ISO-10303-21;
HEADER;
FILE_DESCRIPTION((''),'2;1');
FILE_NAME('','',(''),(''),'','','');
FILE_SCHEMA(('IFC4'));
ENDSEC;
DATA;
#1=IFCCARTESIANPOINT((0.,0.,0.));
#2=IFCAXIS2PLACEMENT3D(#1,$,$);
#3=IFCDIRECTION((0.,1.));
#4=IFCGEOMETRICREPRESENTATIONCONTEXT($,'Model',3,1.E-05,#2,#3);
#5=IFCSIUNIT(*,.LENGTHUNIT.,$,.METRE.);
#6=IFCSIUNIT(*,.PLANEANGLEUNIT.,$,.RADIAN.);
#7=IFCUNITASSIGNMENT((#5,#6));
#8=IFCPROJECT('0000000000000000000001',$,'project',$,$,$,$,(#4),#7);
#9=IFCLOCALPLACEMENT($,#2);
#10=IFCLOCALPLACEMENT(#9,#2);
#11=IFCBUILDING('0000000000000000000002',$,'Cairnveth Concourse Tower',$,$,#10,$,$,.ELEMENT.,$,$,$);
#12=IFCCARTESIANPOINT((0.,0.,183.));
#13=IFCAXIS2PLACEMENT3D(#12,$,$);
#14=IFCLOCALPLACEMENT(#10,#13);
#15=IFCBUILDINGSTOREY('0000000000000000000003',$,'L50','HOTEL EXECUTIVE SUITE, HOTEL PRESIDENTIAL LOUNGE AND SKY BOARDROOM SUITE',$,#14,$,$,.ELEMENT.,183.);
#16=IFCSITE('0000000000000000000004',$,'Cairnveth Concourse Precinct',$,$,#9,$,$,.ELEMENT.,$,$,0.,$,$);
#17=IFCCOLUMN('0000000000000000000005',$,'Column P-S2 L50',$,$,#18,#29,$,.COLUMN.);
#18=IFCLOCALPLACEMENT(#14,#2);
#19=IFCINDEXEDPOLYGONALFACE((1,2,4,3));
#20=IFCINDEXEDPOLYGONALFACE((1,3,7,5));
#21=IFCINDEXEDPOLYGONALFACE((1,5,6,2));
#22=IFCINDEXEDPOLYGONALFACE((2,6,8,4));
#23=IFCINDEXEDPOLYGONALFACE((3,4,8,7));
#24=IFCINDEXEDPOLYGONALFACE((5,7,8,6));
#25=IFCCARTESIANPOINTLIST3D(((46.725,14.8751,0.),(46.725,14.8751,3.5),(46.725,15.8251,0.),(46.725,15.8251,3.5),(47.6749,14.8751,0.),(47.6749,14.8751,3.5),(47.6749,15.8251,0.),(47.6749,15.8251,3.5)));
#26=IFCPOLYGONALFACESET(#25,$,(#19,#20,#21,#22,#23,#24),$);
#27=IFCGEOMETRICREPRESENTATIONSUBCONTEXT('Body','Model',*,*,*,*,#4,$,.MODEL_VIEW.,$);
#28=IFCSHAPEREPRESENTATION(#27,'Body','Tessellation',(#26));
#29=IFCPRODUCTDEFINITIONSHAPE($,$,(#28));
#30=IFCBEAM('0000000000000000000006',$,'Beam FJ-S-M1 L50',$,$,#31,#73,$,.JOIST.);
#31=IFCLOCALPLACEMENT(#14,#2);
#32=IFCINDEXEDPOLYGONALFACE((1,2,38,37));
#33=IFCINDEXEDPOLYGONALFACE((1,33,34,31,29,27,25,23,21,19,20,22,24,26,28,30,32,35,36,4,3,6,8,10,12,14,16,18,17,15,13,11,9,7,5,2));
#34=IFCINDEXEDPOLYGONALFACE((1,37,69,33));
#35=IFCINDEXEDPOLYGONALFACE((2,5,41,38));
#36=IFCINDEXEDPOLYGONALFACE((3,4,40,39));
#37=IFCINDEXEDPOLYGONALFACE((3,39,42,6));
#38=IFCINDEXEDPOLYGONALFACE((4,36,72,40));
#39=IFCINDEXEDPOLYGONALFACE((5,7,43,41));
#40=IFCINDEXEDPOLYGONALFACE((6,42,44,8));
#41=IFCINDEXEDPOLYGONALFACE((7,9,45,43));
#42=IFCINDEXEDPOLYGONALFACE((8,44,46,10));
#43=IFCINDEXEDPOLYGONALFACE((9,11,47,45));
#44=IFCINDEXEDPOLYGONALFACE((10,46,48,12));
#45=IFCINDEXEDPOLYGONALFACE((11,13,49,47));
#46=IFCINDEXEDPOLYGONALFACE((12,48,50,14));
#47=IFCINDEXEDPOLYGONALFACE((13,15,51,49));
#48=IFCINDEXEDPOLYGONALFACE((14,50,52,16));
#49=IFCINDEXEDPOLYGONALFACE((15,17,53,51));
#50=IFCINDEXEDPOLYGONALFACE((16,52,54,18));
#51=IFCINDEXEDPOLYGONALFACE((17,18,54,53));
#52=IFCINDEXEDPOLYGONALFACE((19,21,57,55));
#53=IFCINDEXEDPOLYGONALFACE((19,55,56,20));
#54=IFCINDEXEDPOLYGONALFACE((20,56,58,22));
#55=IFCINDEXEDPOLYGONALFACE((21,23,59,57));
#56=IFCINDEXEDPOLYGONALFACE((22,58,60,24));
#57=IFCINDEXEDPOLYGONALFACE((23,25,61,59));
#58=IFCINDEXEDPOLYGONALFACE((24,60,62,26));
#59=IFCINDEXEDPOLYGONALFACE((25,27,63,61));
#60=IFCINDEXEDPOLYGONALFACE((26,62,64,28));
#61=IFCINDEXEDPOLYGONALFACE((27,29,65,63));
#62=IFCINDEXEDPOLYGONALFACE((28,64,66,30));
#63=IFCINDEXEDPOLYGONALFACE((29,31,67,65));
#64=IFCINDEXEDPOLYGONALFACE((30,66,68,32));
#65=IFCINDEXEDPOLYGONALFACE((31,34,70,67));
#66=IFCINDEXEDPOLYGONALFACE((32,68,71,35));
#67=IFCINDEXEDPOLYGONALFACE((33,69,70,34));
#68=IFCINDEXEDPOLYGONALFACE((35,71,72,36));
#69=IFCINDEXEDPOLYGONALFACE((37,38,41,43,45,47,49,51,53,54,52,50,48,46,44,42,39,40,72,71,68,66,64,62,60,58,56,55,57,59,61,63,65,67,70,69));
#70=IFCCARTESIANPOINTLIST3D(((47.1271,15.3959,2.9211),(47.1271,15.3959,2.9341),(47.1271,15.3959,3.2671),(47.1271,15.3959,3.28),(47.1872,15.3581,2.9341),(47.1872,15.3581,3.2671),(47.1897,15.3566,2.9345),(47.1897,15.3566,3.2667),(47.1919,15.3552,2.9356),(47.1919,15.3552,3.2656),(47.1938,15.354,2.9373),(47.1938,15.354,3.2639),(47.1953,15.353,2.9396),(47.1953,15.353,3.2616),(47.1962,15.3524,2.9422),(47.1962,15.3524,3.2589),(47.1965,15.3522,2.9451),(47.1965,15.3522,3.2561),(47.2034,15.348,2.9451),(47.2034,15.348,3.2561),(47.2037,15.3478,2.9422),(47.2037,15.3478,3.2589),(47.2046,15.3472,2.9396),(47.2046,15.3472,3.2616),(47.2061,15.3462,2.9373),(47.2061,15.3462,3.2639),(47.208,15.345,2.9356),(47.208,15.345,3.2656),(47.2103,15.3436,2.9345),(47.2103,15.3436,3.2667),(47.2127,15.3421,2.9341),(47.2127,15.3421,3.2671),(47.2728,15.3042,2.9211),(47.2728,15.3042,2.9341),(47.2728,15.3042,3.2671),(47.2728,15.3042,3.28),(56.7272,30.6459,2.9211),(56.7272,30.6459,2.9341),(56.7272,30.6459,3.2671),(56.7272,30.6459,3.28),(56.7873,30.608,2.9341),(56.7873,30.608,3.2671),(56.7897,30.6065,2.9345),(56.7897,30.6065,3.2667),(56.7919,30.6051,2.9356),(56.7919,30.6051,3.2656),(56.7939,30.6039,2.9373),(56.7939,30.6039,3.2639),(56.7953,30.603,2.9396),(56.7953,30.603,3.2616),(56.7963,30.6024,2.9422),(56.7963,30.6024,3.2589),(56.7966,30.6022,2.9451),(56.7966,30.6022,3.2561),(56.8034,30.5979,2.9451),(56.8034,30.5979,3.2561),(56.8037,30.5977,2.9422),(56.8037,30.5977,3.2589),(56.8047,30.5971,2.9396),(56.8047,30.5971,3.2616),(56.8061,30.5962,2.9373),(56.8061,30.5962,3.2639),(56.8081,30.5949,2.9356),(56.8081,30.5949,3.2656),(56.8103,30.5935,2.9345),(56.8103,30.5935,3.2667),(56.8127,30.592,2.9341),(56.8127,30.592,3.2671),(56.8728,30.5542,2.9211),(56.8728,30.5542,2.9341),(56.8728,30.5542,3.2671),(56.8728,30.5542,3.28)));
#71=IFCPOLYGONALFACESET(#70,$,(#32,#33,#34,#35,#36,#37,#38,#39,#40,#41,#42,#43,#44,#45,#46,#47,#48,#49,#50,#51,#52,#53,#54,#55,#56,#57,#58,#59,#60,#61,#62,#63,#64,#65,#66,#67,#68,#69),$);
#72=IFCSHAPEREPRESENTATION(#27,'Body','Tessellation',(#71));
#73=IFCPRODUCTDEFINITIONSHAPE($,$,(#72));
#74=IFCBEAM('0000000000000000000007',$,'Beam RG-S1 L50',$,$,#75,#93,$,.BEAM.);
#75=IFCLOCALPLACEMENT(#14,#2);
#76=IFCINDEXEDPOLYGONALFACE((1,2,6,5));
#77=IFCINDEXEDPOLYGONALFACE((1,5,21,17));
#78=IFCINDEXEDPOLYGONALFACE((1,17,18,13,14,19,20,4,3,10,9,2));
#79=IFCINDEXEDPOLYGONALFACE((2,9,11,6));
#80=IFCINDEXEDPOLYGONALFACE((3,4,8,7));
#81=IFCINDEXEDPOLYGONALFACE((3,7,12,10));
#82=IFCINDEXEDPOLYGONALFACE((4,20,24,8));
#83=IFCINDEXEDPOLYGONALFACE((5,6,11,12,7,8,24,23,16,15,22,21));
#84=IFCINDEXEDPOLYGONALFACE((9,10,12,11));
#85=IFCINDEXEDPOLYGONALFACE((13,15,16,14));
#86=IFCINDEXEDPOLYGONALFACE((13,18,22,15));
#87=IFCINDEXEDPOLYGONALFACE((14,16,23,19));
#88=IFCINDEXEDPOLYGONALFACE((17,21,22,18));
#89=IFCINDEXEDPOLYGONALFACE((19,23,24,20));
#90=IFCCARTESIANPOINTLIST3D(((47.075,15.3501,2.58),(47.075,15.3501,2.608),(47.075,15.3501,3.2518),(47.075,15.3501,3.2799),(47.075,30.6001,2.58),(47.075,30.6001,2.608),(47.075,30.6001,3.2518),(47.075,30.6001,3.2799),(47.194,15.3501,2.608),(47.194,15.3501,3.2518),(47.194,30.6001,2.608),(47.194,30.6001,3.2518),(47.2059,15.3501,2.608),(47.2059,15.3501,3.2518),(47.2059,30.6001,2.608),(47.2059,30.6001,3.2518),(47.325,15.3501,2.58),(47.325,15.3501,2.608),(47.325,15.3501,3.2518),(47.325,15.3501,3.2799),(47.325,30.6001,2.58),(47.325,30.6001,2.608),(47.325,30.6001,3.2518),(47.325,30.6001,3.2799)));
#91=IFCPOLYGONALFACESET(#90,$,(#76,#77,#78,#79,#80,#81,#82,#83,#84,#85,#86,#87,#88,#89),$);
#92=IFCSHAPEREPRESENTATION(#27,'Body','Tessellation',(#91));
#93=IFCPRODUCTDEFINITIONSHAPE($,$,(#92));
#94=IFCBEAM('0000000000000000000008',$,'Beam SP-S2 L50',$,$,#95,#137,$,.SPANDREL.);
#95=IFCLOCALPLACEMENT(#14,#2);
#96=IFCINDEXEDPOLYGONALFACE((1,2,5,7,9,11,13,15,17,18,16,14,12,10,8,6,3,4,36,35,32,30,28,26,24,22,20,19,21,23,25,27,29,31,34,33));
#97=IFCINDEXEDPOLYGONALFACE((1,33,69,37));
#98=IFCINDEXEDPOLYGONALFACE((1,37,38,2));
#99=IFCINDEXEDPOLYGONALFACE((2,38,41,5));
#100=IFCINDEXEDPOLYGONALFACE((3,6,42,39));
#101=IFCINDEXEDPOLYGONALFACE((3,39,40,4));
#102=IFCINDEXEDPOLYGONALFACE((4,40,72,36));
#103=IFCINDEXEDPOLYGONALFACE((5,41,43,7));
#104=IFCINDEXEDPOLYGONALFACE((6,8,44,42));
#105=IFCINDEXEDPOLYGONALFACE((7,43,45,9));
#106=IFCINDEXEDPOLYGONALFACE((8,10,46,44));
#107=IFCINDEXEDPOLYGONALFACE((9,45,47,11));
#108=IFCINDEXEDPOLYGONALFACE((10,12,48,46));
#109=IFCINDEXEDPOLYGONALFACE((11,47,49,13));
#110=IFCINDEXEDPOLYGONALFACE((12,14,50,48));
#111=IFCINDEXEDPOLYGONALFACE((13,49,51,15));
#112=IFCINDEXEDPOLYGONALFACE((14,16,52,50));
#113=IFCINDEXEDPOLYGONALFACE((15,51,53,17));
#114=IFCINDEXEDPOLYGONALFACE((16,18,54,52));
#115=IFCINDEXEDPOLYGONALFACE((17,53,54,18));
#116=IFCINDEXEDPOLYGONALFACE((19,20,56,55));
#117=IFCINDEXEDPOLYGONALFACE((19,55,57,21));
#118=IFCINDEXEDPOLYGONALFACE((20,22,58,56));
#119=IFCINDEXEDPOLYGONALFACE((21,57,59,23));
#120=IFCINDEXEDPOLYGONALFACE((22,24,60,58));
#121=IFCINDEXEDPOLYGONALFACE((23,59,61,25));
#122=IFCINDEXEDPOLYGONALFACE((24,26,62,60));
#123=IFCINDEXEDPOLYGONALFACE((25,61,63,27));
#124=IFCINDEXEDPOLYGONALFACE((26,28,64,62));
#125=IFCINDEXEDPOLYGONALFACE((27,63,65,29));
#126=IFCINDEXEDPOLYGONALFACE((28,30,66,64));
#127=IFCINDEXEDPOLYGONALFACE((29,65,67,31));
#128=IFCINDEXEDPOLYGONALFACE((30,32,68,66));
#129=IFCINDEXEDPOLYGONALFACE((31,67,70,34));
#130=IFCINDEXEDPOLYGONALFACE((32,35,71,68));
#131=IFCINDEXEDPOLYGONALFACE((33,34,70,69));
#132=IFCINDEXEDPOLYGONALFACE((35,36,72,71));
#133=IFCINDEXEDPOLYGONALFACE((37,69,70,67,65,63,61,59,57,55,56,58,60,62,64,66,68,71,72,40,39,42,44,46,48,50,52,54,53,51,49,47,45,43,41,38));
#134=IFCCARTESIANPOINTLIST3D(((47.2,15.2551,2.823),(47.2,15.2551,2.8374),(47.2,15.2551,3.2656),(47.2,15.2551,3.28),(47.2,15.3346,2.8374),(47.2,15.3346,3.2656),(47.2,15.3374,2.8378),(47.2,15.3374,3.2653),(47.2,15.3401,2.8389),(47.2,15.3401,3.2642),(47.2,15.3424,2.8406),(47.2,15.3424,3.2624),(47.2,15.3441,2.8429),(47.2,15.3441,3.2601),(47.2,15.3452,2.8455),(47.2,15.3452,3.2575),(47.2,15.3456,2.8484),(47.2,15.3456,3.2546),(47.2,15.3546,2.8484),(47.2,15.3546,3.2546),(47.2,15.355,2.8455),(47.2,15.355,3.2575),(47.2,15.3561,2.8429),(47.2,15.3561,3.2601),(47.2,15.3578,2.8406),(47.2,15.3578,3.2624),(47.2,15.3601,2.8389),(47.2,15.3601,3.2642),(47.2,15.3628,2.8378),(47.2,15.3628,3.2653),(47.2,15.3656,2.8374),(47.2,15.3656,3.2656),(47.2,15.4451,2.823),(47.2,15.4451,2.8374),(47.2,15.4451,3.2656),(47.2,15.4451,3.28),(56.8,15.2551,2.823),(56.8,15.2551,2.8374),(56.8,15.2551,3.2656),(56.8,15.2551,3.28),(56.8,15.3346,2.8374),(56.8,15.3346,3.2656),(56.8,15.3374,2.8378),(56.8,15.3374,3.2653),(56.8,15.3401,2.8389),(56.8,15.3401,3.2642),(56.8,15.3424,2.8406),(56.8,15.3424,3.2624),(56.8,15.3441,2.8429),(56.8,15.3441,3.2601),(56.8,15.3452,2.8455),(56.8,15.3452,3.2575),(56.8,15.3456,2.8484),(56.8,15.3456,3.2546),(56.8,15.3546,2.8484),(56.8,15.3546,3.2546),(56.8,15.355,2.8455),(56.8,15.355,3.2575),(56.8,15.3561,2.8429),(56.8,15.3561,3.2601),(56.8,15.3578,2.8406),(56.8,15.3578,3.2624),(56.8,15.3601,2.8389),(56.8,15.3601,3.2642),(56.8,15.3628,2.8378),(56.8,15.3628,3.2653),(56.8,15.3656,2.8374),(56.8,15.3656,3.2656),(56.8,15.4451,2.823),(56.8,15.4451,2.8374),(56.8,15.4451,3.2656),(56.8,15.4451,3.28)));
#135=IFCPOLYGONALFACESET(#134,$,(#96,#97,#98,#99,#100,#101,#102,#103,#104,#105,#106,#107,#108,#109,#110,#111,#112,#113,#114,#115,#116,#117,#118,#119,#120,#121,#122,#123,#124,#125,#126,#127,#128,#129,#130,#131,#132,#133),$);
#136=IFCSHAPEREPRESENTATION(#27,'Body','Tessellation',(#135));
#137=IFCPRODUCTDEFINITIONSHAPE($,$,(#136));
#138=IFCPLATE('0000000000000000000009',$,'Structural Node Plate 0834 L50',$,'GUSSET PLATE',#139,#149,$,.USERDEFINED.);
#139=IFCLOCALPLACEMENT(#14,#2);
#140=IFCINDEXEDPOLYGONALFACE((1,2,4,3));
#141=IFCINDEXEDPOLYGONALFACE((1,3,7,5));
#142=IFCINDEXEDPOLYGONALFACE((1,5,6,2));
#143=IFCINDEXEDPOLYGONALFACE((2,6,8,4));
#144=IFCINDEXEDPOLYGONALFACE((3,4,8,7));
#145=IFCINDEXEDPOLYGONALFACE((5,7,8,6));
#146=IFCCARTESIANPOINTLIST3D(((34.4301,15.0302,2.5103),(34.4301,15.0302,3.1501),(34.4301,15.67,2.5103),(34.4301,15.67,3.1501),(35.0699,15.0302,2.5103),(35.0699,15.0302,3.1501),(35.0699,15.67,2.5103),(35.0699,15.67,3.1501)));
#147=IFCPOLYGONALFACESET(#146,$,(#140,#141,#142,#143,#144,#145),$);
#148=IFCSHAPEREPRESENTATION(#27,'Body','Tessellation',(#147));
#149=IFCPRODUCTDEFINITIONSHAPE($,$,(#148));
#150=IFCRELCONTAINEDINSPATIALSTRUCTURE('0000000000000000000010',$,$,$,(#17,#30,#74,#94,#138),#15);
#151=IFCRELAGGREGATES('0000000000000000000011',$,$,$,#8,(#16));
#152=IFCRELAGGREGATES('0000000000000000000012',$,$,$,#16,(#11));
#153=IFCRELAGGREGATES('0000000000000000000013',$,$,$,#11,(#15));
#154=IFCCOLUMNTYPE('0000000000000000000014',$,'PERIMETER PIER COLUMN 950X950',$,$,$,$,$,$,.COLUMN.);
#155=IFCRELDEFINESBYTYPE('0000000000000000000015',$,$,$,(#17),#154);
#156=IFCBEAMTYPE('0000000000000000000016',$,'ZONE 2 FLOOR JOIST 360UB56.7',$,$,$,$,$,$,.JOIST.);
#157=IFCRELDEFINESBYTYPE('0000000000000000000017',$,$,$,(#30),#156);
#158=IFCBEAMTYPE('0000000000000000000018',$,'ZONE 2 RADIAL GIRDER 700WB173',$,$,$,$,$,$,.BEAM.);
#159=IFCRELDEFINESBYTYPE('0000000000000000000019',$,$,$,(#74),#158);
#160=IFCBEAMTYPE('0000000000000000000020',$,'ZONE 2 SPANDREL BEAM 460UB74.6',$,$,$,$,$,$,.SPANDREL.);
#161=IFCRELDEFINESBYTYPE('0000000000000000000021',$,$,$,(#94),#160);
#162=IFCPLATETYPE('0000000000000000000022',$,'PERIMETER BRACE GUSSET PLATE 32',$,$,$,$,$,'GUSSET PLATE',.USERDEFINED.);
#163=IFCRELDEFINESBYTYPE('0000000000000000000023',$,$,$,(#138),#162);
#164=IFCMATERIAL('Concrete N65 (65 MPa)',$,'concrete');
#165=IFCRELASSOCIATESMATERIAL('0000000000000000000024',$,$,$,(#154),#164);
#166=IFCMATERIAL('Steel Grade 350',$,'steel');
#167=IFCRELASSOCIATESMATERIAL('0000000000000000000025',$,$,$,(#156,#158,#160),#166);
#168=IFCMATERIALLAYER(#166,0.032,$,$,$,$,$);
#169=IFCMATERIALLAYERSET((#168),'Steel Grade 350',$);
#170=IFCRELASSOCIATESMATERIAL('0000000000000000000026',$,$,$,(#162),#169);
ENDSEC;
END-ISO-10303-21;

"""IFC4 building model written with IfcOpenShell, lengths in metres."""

from ifc_helpers import new_model, si_unit, direction, frame, origin, origin_2d, place, context, subcontext, project, spatial, rectangle, i_section, extrude, material, layer, layer_set, material_profile, profile_set, type_object, element, save


model = new_model("IFC4")

# Units and contexts
model_context = context("Model", 3, precision=1e-05, world=origin(), true_north=direction((0.0, 1.0)))
body_context = subcontext(model_context, "Body", "Model", "MODEL_VIEW")
ifc_project = project(units=[si_unit("LENGTHUNIT", "METRE"), si_unit("PLANEANGLEUNIT", "RADIAN")], contexts=[model_context])

# Site, building, storey
site_placement = place(None, origin())
site = spatial("IfcSite", under=ifc_project, at=site_placement, Name="Cairnveth Concourse Precinct", CompositionType="ELEMENT", RefElevation=0.0)
building_placement = place(site_placement, origin())
building = spatial("IfcBuilding", under=site, at=building_placement, Name="Cairnveth Concourse Tower", CompositionType="ELEMENT")
storey_placement = place(building_placement, frame((0.0, 0.0, 183.0)))
storey = spatial("IfcBuildingStorey", under=building, at=storey_placement, Name="L50", Description="HOTEL EXECUTIVE SUITE, HOTEL PRESIDENTIAL LOUNGE AND SKY BOARDROOM SUITE", CompositionType="ELEMENT", Elevation=183.0)

# Column
ifc_material_1 = material(Name="Concrete N65 (65 MPa)", Category="concrete")
ifc_material_profile_1 = material_profile(ifc_material_1, rectangle(XDim=0.95, YDim=0.95, at=origin_2d()), Name="RC-COL-950x950")
ifc_profile_set_1 = profile_set([ifc_material_profile_1], Name="Concrete N65 (65 MPa)")
column_type = type_object("IfcColumnType", Name="PERIMETER PIER COLUMN 950X950", PredefinedType="COLUMN", material=ifc_profile_set_1)
column_placement = place(storey_placement, frame((47.2, 15.3501, 0.0), z_axis=(0.0, 0.0, 1.0), x_axis=(1.0, 0.0, 0.0)))
element("IfcColumn", 1, at=column_placement, inside=storey, type_object=column_type, Name="Column P-S2 L50", PredefinedType="COLUMN", context=body_context, shape_type="SweptSolid", body=[
    extrude(rectangle(XDim=0.95, YDim=0.95, at=origin_2d()), origin(), (0.0, 0.0, 1.0), 3.5),
])

# Beams
ifc_material_2 = material(Name="Steel Grade 350", Category="steel")
ifc_material_profile_2 = material_profile(ifc_material_2, i_section(OverallWidth=0.1721, OverallDepth=0.3589, WebThickness=0.0081, FlangeThickness=0.0129, FilletRadius=0.011, at=origin_2d()), Name="360UB56.7")
ifc_profile_set_2 = profile_set([ifc_material_profile_2], Name="Steel Grade 350")
beam_type_1 = type_object("IfcBeamType", Name="ZONE 2 FLOOR JOIST 360UB56.7", PredefinedType="JOIST", material=ifc_profile_set_2)
beam_1_placement = place(storey_placement, frame((47.2, 15.3501, 3.1006), z_axis=(0.532744, 0.846277, 0.0), x_axis=(-0.846277, 0.532744, 0.0)))
element("IfcBeam", 2, at=beam_1_placement, inside=storey, type_object=beam_type_1, Name="Beam FJ-S-M1 L50", PredefinedType="JOIST", context=body_context, shape_type="SweptSolid", body=[
    extrude(i_section(OverallWidth=0.1721, OverallDepth=0.3589, WebThickness=0.0081, FlangeThickness=0.0129, FilletRadius=0.011, at=origin_2d()), origin(), (0.0, 0.0, 1.0), 18.02),
])
ifc_material_profile_3 = material_profile(ifc_material_2, i_section(OverallWidth=0.25, OverallDepth=0.7, WebThickness=0.012, FlangeThickness=0.0281, at=origin_2d()), Name="700WB173")
ifc_profile_set_3 = profile_set([ifc_material_profile_3], Name="Steel Grade 350")
beam_type_2 = type_object("IfcBeamType", Name="ZONE 2 RADIAL GIRDER 700WB173", PredefinedType="BEAM", material=ifc_profile_set_3)
beam_2_placement = place(storey_placement, frame((47.2, 15.3501, 2.9299), z_axis=(0.0, 1.0, 0.0), x_axis=(-1.0, 0.0, 0.0)))
element("IfcBeam", 3, at=beam_2_placement, inside=storey, type_object=beam_type_2, Name="Beam RG-S1 L50", PredefinedType="BEAM", context=body_context, shape_type="SweptSolid", body=[
    extrude(i_section(OverallWidth=0.25, OverallDepth=0.7, WebThickness=0.012, FlangeThickness=0.0281, at=origin_2d()), origin(), (0.0, 0.0, 1.0), 15.25),
])
ifc_material_profile_4 = material_profile(ifc_material_2, i_section(OverallWidth=0.1899, OverallDepth=0.457, WebThickness=0.009, FlangeThickness=0.0144, FilletRadius=0.011, at=origin_2d()), Name="460UB74.6")
ifc_profile_set_4 = profile_set([ifc_material_profile_4], Name="Steel Grade 350")
beam_type_3 = type_object("IfcBeamType", Name="ZONE 2 SPANDREL BEAM 460UB74.6", PredefinedType="SPANDREL", material=ifc_profile_set_4)
beam_3_placement = place(storey_placement, frame((47.2, 15.3501, 3.0515), z_axis=(1.0, 0.0, 0.0), x_axis=(0.0, 1.0, 0.0)))
element("IfcBeam", 4, at=beam_3_placement, inside=storey, type_object=beam_type_3, Name="Beam SP-S2 L50", PredefinedType="SPANDREL", context=body_context, shape_type="SweptSolid", body=[
    extrude(i_section(OverallWidth=0.1899, OverallDepth=0.457, WebThickness=0.009, FlangeThickness=0.0144, FilletRadius=0.011, at=origin_2d()), origin(), (0.0, 0.0, 1.0), 9.6001),
])

# Plate
ifc_layer_1 = layer(ifc_material_2, 0.032)
ifc_layer_set_1 = layer_set([ifc_layer_1], Name="Steel Grade 350")
plate_type = type_object("IfcPlateType", Name="PERIMETER BRACE GUSSET PLATE 32", ElementType="GUSSET PLATE", PredefinedType="USERDEFINED", material=ifc_layer_set_1)
plate_placement = place(storey_placement, frame((34.75, 15.3501, 2.5103), z_axis=(0.0, 0.0, 1.0), x_axis=(1.0, 0.0, 0.0)))
element("IfcPlate", 5, at=plate_placement, inside=storey, type_object=plate_type, Name="Structural Node Plate 0834 L50", ObjectType="GUSSET PLATE", PredefinedType="USERDEFINED", context=body_context, shape_type="SweptSolid", body=[
    extrude(rectangle(XDim=0.6399, YDim=0.6399, at=origin_2d()), origin(), (0.0, 0.0, 1.0), 0.6399),
])

save(model, "model.ifc")
